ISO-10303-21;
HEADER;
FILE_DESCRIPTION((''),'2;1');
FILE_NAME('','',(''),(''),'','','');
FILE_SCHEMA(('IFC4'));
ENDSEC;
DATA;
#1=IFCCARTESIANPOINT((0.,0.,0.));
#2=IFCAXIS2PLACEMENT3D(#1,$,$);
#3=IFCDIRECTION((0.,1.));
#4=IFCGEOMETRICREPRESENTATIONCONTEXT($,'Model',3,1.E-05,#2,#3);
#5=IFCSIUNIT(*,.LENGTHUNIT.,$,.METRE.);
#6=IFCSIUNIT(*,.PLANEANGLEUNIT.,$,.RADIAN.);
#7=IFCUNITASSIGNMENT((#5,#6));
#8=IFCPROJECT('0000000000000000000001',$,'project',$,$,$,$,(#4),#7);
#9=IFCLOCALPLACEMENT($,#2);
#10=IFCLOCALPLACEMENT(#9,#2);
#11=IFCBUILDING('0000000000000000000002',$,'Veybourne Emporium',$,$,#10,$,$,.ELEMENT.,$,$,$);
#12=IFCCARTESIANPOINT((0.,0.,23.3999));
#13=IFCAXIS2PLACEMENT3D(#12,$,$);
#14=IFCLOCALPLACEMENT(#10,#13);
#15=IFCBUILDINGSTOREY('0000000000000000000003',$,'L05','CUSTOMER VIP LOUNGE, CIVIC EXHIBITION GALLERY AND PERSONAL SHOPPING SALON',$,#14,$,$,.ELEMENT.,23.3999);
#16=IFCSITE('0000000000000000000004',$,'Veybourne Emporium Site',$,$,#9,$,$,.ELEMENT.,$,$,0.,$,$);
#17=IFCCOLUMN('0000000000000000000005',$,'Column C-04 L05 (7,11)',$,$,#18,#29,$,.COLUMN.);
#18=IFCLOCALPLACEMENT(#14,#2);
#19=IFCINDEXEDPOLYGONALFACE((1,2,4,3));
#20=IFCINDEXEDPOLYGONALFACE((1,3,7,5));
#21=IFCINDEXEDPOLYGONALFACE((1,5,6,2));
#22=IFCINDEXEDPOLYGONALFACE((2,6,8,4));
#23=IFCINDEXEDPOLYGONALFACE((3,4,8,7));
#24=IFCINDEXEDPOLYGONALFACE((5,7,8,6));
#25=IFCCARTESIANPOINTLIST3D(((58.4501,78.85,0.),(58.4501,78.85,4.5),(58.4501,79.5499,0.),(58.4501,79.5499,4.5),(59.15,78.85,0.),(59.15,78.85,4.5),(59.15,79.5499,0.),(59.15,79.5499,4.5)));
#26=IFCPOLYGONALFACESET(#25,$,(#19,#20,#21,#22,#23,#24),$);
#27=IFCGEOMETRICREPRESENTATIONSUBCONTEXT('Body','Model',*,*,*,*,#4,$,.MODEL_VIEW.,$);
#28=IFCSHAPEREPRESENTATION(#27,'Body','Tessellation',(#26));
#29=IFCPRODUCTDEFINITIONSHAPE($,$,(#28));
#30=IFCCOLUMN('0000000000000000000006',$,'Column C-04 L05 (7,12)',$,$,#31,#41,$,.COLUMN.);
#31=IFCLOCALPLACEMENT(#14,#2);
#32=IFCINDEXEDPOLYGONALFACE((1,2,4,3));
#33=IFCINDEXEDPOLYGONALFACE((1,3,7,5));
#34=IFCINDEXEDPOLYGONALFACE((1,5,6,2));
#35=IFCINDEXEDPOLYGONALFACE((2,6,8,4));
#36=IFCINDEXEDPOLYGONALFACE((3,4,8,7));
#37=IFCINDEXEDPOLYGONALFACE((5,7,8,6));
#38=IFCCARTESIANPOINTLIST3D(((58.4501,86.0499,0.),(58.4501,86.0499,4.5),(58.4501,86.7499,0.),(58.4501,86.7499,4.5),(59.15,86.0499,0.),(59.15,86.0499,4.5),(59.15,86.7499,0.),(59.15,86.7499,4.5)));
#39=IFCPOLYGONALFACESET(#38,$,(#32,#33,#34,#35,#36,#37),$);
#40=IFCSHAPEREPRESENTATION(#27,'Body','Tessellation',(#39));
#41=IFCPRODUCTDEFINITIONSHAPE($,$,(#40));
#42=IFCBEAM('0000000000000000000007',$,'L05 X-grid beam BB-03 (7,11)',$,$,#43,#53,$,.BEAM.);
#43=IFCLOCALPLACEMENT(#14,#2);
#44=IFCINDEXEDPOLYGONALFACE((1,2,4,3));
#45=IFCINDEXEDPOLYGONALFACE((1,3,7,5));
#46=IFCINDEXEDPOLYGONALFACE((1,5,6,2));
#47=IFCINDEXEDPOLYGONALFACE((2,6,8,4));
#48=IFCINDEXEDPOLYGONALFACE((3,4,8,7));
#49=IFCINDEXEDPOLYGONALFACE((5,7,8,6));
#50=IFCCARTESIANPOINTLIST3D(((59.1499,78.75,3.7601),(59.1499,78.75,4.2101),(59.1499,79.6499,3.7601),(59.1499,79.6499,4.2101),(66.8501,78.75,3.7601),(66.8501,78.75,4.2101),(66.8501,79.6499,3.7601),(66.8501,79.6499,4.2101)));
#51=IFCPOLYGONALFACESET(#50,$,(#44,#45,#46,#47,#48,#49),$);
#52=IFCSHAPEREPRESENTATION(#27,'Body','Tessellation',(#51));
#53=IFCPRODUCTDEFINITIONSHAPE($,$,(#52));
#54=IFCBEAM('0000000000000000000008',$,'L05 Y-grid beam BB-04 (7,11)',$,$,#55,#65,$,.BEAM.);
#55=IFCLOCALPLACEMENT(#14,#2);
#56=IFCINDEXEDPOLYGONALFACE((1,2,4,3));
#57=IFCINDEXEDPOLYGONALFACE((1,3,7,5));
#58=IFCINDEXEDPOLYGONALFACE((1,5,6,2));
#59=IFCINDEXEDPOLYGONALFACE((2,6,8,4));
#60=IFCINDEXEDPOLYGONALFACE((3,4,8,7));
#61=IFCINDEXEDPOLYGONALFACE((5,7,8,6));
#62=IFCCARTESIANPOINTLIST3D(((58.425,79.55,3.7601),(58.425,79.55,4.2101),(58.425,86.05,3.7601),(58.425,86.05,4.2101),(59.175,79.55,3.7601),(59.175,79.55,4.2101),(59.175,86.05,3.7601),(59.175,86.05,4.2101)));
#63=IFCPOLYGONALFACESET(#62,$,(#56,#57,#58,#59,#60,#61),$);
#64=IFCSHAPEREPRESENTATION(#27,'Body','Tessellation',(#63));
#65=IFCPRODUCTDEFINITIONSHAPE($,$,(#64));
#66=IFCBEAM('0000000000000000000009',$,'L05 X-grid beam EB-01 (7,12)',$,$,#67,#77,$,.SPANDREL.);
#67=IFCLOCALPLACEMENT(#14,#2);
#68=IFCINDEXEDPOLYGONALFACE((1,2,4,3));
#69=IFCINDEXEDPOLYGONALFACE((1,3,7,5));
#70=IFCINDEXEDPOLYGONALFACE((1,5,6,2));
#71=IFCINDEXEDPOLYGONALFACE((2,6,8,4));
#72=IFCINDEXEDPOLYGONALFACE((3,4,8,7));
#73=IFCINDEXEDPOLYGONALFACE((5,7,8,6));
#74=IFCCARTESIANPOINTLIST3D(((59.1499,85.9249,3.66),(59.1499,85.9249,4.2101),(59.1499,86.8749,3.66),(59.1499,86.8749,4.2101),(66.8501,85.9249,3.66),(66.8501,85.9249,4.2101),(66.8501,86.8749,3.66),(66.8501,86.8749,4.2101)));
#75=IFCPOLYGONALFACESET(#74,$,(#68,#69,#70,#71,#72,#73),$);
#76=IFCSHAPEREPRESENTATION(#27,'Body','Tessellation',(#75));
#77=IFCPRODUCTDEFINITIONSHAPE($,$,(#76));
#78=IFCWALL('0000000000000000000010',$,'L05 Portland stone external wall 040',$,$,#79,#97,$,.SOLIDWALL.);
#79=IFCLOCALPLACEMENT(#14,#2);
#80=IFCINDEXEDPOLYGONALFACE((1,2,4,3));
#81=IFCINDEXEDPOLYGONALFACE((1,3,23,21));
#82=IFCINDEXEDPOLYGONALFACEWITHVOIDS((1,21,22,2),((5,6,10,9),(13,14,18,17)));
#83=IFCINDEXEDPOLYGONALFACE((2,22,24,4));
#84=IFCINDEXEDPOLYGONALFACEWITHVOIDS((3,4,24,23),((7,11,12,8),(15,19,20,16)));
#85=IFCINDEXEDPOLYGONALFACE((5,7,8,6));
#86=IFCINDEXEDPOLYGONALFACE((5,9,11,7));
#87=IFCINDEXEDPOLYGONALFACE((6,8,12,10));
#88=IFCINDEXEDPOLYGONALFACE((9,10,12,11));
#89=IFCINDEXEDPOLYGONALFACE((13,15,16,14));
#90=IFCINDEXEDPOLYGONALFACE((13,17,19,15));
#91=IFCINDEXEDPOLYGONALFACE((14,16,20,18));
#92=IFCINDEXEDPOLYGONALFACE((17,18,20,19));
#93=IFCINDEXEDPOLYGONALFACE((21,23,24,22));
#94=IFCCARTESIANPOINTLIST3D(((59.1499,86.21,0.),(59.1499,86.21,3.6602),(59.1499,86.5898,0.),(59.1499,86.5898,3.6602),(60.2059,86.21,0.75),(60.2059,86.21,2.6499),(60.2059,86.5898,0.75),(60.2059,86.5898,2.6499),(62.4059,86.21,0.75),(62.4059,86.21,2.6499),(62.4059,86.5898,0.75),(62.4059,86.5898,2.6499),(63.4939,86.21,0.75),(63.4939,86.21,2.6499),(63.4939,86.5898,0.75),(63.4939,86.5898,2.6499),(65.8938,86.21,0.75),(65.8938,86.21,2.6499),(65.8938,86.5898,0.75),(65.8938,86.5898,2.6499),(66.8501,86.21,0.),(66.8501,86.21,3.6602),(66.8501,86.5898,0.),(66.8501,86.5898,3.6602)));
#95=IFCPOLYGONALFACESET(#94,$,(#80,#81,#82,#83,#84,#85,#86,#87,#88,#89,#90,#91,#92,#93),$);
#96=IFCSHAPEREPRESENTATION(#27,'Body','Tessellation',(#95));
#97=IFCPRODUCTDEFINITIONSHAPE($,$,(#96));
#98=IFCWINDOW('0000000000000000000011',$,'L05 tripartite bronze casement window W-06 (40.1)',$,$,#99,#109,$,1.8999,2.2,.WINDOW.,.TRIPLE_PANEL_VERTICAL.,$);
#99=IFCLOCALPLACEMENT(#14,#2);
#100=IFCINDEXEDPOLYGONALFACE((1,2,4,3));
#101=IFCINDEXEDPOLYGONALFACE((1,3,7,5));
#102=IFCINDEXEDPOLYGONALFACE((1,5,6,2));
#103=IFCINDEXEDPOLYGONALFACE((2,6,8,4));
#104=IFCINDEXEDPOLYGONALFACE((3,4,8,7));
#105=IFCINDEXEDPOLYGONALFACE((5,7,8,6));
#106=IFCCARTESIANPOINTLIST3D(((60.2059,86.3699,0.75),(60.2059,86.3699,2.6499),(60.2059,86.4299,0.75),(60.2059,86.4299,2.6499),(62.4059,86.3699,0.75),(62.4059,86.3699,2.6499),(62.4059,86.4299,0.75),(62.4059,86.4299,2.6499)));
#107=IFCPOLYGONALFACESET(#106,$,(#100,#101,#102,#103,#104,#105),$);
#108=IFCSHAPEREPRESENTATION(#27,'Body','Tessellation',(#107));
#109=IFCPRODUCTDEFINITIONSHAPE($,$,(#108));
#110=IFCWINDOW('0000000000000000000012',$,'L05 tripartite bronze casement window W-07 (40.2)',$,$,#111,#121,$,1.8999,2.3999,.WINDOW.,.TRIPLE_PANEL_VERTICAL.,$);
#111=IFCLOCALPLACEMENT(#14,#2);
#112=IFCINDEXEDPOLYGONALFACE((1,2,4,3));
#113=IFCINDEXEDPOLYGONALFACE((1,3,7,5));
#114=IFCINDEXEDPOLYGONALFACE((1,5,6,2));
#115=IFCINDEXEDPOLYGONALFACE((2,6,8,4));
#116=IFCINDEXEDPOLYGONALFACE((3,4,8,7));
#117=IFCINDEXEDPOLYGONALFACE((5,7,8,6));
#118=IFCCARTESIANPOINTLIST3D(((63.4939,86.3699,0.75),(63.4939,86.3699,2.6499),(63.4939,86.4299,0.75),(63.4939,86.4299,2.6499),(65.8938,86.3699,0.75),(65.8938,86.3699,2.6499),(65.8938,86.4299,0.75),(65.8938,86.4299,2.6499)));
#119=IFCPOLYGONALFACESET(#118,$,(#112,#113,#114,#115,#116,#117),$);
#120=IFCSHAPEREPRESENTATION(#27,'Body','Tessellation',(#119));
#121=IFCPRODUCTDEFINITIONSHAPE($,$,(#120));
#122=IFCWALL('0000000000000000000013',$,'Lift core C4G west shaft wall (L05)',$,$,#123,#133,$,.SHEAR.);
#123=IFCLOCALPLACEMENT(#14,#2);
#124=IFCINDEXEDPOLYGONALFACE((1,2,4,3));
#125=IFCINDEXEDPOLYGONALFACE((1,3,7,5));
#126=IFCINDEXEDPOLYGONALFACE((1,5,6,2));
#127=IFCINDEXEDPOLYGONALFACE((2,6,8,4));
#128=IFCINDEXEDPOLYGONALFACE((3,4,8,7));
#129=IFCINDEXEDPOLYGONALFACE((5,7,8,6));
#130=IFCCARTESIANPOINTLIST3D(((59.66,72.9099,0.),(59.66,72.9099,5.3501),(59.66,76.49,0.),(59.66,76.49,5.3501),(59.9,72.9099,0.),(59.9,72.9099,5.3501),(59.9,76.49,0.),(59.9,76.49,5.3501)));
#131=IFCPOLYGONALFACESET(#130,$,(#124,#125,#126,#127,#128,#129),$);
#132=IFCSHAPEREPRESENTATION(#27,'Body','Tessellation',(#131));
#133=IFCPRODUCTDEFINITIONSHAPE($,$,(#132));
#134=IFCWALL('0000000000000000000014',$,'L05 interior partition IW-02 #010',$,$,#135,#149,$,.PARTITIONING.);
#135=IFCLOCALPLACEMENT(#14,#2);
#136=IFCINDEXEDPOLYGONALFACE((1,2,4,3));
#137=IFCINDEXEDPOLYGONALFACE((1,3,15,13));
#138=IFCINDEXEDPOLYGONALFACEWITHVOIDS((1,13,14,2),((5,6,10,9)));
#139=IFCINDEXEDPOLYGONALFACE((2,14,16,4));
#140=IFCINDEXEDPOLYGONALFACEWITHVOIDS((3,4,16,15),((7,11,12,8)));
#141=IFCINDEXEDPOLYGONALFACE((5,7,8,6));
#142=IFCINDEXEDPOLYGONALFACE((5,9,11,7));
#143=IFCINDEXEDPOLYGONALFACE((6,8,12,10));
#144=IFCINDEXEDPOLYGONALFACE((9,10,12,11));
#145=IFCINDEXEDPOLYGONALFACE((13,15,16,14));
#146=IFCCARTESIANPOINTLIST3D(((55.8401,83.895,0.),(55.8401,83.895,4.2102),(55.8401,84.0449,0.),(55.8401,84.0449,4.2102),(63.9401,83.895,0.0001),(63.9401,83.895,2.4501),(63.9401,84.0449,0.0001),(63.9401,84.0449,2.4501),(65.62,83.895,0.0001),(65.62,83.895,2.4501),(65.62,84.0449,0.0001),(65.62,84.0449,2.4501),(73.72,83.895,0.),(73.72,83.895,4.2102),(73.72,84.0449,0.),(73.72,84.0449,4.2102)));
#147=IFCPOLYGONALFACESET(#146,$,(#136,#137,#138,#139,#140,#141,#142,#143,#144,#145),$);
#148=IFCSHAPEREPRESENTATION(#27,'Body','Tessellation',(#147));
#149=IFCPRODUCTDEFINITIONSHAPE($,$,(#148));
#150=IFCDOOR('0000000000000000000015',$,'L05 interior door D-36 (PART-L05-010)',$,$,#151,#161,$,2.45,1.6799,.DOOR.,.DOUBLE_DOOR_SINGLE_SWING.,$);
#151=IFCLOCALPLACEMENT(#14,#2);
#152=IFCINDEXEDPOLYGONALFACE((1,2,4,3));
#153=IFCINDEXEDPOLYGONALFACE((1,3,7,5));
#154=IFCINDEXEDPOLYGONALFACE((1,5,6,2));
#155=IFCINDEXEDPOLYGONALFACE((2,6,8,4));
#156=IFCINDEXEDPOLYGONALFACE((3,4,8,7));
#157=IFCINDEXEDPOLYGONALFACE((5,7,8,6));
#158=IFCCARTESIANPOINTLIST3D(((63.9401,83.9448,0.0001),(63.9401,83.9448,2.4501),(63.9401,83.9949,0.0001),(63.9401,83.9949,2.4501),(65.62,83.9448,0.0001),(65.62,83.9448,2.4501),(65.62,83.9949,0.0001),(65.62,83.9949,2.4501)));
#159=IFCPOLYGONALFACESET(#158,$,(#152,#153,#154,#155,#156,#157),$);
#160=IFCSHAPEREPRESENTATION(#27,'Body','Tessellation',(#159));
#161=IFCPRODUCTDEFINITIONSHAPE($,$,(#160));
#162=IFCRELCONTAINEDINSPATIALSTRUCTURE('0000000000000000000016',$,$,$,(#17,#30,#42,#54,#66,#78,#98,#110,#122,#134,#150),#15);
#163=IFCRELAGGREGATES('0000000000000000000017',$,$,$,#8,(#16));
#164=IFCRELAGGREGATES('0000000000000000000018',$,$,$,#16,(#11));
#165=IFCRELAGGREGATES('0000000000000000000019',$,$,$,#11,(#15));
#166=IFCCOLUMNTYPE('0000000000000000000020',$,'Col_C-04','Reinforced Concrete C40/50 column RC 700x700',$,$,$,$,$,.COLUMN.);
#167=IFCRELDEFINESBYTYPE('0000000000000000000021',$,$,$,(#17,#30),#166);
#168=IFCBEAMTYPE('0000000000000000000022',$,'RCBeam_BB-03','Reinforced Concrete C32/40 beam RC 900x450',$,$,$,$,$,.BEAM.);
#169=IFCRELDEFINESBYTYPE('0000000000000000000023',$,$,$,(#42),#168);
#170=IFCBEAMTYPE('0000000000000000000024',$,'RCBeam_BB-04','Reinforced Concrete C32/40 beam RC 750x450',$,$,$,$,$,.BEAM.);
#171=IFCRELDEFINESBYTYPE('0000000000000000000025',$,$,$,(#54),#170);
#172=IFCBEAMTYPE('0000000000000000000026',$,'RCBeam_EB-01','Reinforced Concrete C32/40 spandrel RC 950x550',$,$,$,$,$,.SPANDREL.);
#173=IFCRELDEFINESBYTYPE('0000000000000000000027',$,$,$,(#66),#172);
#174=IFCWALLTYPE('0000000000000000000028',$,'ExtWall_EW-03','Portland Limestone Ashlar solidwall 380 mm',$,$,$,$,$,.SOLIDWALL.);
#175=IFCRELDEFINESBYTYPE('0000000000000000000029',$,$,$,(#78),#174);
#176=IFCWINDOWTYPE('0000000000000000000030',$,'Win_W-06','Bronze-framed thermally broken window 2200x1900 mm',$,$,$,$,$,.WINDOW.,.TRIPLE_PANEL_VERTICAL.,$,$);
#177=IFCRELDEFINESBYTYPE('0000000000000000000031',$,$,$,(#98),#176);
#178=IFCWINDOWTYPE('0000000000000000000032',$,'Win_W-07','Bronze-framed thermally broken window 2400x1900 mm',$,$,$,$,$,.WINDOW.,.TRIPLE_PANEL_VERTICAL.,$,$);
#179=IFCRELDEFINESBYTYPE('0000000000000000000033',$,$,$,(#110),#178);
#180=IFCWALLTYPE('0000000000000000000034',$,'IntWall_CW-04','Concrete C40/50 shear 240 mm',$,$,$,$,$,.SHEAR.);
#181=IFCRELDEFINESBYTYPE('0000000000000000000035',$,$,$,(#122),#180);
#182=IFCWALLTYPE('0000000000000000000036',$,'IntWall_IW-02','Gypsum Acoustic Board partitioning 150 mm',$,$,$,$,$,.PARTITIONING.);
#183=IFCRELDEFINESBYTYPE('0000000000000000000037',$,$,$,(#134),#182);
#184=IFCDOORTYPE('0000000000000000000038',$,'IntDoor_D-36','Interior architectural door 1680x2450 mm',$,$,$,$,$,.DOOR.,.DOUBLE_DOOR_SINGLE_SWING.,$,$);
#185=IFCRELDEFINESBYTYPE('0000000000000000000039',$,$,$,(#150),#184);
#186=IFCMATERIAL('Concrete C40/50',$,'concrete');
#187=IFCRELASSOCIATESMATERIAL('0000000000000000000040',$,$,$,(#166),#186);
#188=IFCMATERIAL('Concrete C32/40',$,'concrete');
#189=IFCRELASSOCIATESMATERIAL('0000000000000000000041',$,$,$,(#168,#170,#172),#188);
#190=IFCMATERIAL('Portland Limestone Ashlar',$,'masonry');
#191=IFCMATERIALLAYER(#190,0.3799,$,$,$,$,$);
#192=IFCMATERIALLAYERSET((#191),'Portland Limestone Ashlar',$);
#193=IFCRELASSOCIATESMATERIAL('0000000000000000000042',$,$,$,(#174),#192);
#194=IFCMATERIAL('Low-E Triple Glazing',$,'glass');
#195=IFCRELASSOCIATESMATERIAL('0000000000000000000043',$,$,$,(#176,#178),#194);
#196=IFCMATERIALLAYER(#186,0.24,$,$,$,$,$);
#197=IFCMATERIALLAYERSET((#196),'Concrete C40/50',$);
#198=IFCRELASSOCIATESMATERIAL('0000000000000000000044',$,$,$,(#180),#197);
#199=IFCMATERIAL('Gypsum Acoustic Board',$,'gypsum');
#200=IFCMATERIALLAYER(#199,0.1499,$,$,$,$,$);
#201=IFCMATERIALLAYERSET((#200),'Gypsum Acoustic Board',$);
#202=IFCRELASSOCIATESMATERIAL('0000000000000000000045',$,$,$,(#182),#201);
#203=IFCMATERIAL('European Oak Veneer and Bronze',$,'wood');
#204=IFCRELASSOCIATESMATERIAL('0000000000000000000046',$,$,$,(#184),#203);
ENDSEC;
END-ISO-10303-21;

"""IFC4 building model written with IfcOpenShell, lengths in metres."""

from ifc_helpers import new_model, si_unit, direction, frame, frame_2d, origin, origin_2d, place, context, subcontext, project, spatial, rectangle, extrude, material, layer, layer_set, material_profile, profile_set, type_object, element, fill, save


model = new_model("IFC4")

# Units and contexts
model_context = context("Model", 3, precision=1e-05, world=origin(), true_north=direction((0.0, 1.0)))
body_context = subcontext(model_context, "Body", "Model", "MODEL_VIEW")
ifc_project = project(units=[si_unit("LENGTHUNIT", "METRE"), si_unit("PLANEANGLEUNIT", "RADIAN")], contexts=[model_context])

# Site, building, storey
site_placement = place(None, origin())
site = spatial("IfcSite", under=ifc_project, at=site_placement, Name="Veybourne Emporium Site", CompositionType="ELEMENT", RefElevation=0.0)
building_placement = place(site_placement, origin())
building = spatial("IfcBuilding", under=site, at=building_placement, Name="Veybourne Emporium", CompositionType="ELEMENT")
storey_placement = place(building_placement, frame((0.0, 0.0, 23.3999)))
storey = spatial("IfcBuildingStorey", under=building, at=storey_placement, Name="L05", Description="CUSTOMER VIP LOUNGE, CIVIC EXHIBITION GALLERY AND PERSONAL SHOPPING SALON", CompositionType="ELEMENT", Elevation=23.3999)

# Columns
ifc_material_1 = material(Name="Concrete C40/50", Category="concrete")
ifc_material_profile_1 = material_profile(ifc_material_1, rectangle(XDim=0.7, YDim=0.7, at=origin_2d()), Name="RC 700x700")
ifc_profile_set_1 = profile_set([ifc_material_profile_1], Name="Concrete C40/50")
column_type = type_object("IfcColumnType", Name="Col_C-04", Description="Reinforced Concrete C40/50 column RC 700x700", PredefinedType="COLUMN", material=ifc_profile_set_1)
for number, where, z_axis, x_axis, name in (
    (1, (58.8, 79.2, 0.0), (0.0, 0.0, 1.0), (1.0, 0.0, 0.0), "Column C-04 L05 (7,11)"),
    (2, (58.8, 86.3999, 0.0), (0.0, 0.0, 1.0), (1.0, 0.0, 0.0), "Column C-04 L05 (7,12)"),
):
    element("IfcColumn", number, at=place(storey_placement, frame(where, z_axis=z_axis, x_axis=x_axis)), inside=storey, type_object=column_type, Name=name, PredefinedType="COLUMN", context=body_context, shape_type="SweptSolid", body=[
        extrude(rectangle(XDim=0.7, YDim=0.7, at=origin_2d()), origin(), (0.0, 0.0, 1.0), 4.5),
    ])

# Beams
ifc_material_2 = material(Name="Concrete C32/40", Category="concrete")
ifc_material_profile_2 = material_profile(ifc_material_2, rectangle(XDim=0.8999, YDim=0.45, at=origin_2d()), Name="RC 900x450")
ifc_profile_set_2 = profile_set([ifc_material_profile_2], Name="Concrete C32/40")
beam_type_1 = type_object("IfcBeamType", Name="RCBeam_BB-03", Description="Reinforced Concrete C32/40 beam RC 900x450", PredefinedType="BEAM", material=ifc_profile_set_2)
beam_1_placement = place(storey_placement, frame((59.1499, 79.2, 3.9851), z_axis=(1.0, 0.0, 0.0), x_axis=(0.0, 1.0, 0.0)))
element("IfcBeam", 3, at=beam_1_placement, inside=storey, type_object=beam_type_1, Name="L05 X-grid beam BB-03 (7,11)", PredefinedType="BEAM", context=body_context, shape_type="SweptSolid", body=[
    extrude(rectangle(XDim=0.8999, YDim=0.45, at=origin_2d()), origin(), (0.0, 0.0, 1.0), 7.7002),
])
ifc_material_profile_3 = material_profile(ifc_material_2, rectangle(XDim=0.75, YDim=0.45, at=origin_2d()), Name="RC 750x450")
ifc_profile_set_3 = profile_set([ifc_material_profile_3], Name="Concrete C32/40")
beam_type_2 = type_object("IfcBeamType", Name="RCBeam_BB-04", Description="Reinforced Concrete C32/40 beam RC 750x450", PredefinedType="BEAM", material=ifc_profile_set_3)
beam_2_placement = place(storey_placement, frame((58.8, 79.55, 3.9851), z_axis=(0.0, 1.0, 0.0), x_axis=(-1.0, 0.0, 0.0)))
element("IfcBeam", 4, at=beam_2_placement, inside=storey, type_object=beam_type_2, Name="L05 Y-grid beam BB-04 (7,11)", PredefinedType="BEAM", context=body_context, shape_type="SweptSolid", body=[
    extrude(rectangle(XDim=0.75, YDim=0.45, at=origin_2d()), origin(), (0.0, 0.0, 1.0), 6.5),
])
ifc_material_profile_4 = material_profile(ifc_material_2, rectangle(XDim=0.95, YDim=0.55, at=origin_2d()), Name="RC 950x550")
ifc_profile_set_4 = profile_set([ifc_material_profile_4], Name="Concrete C32/40")
beam_type_3 = type_object("IfcBeamType", Name="RCBeam_EB-01", Description="Reinforced Concrete C32/40 spandrel RC 950x550", PredefinedType="SPANDREL", material=ifc_profile_set_4)
beam_3_placement = place(storey_placement, frame((59.1499, 86.3999, 3.9351), z_axis=(1.0, 0.0, 0.0), x_axis=(0.0, 1.0, 0.0)))
element("IfcBeam", 5, at=beam_3_placement, inside=storey, type_object=beam_type_3, Name="L05 X-grid beam EB-01 (7,12)", PredefinedType="SPANDREL", context=body_context, shape_type="SweptSolid", body=[
    extrude(rectangle(XDim=0.95, YDim=0.55, at=origin_2d()), origin(), (0.0, 0.0, 1.0), 7.7002),
])

# Wall, openings, windows
ifc_material_3 = material(Name="Portland Limestone Ashlar", Category="masonry")
ifc_layer_1 = layer(ifc_material_3, 0.3799)
ifc_layer_set_1 = layer_set([ifc_layer_1], Name="Portland Limestone Ashlar")
wall_type_1 = type_object("IfcWallType", Name="ExtWall_EW-03", Description="Portland Limestone Ashlar solidwall 380 mm", PredefinedType="SOLIDWALL", material=ifc_layer_set_1)
wall_1_placement = place(storey_placement, frame((59.1499, 86.3999, 0.0), z_axis=(0.0, 0.0, 1.0), x_axis=(1.0, 0.0, 0.0)))
wall_1 = element("IfcWall", 6, at=wall_1_placement, inside=storey, type_object=wall_type_1, Name="L05 Portland stone external wall 040", PredefinedType="SOLIDWALL", context=body_context, shape_type="SweptSolid", body=[
    extrude(rectangle(XDim=7.7002, YDim=0.3799, at=frame_2d((3.8501, 0.0))), origin(), (0.0, 0.0, 1.0), 3.6602),
])
opening_1_placement = place(wall_1_placement, frame((1.0559, 0.0, 0.75)))
opening_1 = element("IfcOpeningElement", 7, at=opening_1_placement, cuts=wall_1, PredefinedType="OPENING", context=body_context, shape_type="SweptSolid", body=[
    extrude(rectangle(XDim=2.2, YDim=1.8999, at=frame_2d((1.1001, 0.95))), frame((0.0, 0.21, 0.0), z_axis=(0.0, -1.0, 0.0), x_axis=(1.0, 0.0, 0.0)), (0.0, 0.0, 1.0), 0.4199),
])
opening_2_placement = place(wall_1_placement, frame((4.344, 0.0, 0.75)))
opening_2 = element("IfcOpeningElement", 8, at=opening_2_placement, cuts=wall_1, PredefinedType="OPENING", context=body_context, shape_type="SweptSolid", body=[
    extrude(rectangle(XDim=2.3999, YDim=1.8999, at=frame_2d((1.2, 0.95))), frame((0.0, 0.21, 0.0), z_axis=(0.0, -1.0, 0.0), x_axis=(1.0, 0.0, 0.0)), (0.0, 0.0, 1.0), 0.4199),
])
ifc_material_4 = material(Name="Low-E Triple Glazing", Category="glass")
window_type_1 = type_object("IfcWindowType", Name="Win_W-06", Description="Bronze-framed thermally broken window 2200x1900 mm", PartitioningType="TRIPLE_PANEL_VERTICAL", PredefinedType="WINDOW", material=ifc_material_4)
window_1_placement = place(opening_1_placement, origin())
window_1 = element("IfcWindow", 9, at=window_1_placement, inside=storey, type_object=window_type_1, Name="L05 tripartite bronze casement window W-06 (40.1)", OverallHeight=1.8999, OverallWidth=2.2, PartitioningType="TRIPLE_PANEL_VERTICAL", PredefinedType="WINDOW", context=body_context, shape_type="SweptSolid", body=[
    extrude(rectangle(XDim=2.2, YDim=1.8999, at=frame_2d((1.1001, 0.95))), frame((0.0, 0.03, 0.0), z_axis=(0.0, -1.0, 0.0), x_axis=(1.0, 0.0, 0.0)), (0.0, 0.0, 1.0), 0.0601),
])
fill(opening_1, window_1)
window_type_2 = type_object("IfcWindowType", Name="Win_W-07", Description="Bronze-framed thermally broken window 2400x1900 mm", PartitioningType="TRIPLE_PANEL_VERTICAL", PredefinedType="WINDOW", material=ifc_material_4)
window_2_placement = place(opening_2_placement, origin())
window_2 = element("IfcWindow", 10, at=window_2_placement, inside=storey, type_object=window_type_2, Name="L05 tripartite bronze casement window W-07 (40.2)", OverallHeight=1.8999, OverallWidth=2.3999, PartitioningType="TRIPLE_PANEL_VERTICAL", PredefinedType="WINDOW", context=body_context, shape_type="SweptSolid", body=[
    extrude(rectangle(XDim=2.3999, YDim=1.8999, at=frame_2d((1.2, 0.95))), frame((0.0, 0.03, 0.0), z_axis=(0.0, -1.0, 0.0), x_axis=(1.0, 0.0, 0.0)), (0.0, 0.0, 1.0), 0.0601),
])
fill(opening_2, window_2)

# Wall
ifc_layer_2 = layer(ifc_material_1, 0.24)
ifc_layer_set_2 = layer_set([ifc_layer_2], Name="Concrete C40/50")
wall_type_2 = type_object("IfcWallType", Name="IntWall_CW-04", Description="Concrete C40/50 shear 240 mm", PredefinedType="SHEAR", material=ifc_layer_set_2)
wall_2_placement = place(storey_placement, frame((59.78, 76.49, 0.0), z_axis=(0.0, 0.0, 1.0), x_axis=(0.0, -1.0, 0.0)))
element("IfcWall", 11, at=wall_2_placement, inside=storey, type_object=wall_type_2, Name="Lift core C4G west shaft wall (L05)", PredefinedType="SHEAR", context=body_context, shape_type="SweptSolid", body=[
    extrude(rectangle(XDim=3.5801, YDim=0.24, at=frame_2d((1.79, 0.0))), origin(), (0.0, 0.0, 1.0), 5.3501),
])

# Wall, opening, door
ifc_material_5 = material(Name="Gypsum Acoustic Board", Category="gypsum")
ifc_layer_3 = layer(ifc_material_5, 0.1499)
ifc_layer_set_3 = layer_set([ifc_layer_3], Name="Gypsum Acoustic Board")
wall_type_3 = type_object("IfcWallType", Name="IntWall_IW-02", Description="Gypsum Acoustic Board partitioning 150 mm", PredefinedType="PARTITIONING", material=ifc_layer_set_3)
wall_3_placement = place(storey_placement, frame((55.8401, 83.97, 0.0), z_axis=(0.0, 0.0, 1.0), x_axis=(1.0, 0.0, 0.0)))
wall_3 = element("IfcWall", 12, at=wall_3_placement, inside=storey, type_object=wall_type_3, Name="L05 interior partition IW-02 #010", PredefinedType="PARTITIONING", context=body_context, shape_type="SweptSolid", body=[
    extrude(rectangle(XDim=17.8799, YDim=0.1499, at=frame_2d((8.9399, 0.0))), origin(), (0.0, 0.0, 1.0), 4.2102),
])
opening_3_placement = place(wall_3_placement, frame((8.1001, 0.0, 0.0)))
opening_3 = element("IfcOpeningElement", 13, at=opening_3_placement, cuts=wall_3, PredefinedType="OPENING", context=body_context, shape_type="SweptSolid", body=[
    extrude(rectangle(XDim=1.6799, YDim=2.45, at=frame_2d((0.8398, 1.2251))), frame((0.0, 0.095, 0.0), z_axis=(0.0, -1.0, 0.0), x_axis=(1.0, 0.0, 0.0)), (0.0, 0.0, 1.0), 0.1899),
])
ifc_material_6 = material(Name="European Oak Veneer and Bronze", Category="wood")
door_type_1 = type_object("IfcDoorType", Name="IntDoor_D-36", Description="Interior architectural door 1680x2450 mm", OperationType="DOUBLE_DOOR_SINGLE_SWING", PredefinedType="DOOR", material=ifc_material_6)
door_1_placement = place(opening_3_placement, origin())
door_1 = element("IfcDoor", 14, at=door_1_placement, inside=storey, type_object=door_type_1, Name="L05 interior door D-36 (PART-L05-010)", OperationType="DOUBLE_DOOR_SINGLE_SWING", OverallHeight=2.45, OverallWidth=1.6799, PredefinedType="DOOR", context=body_context, shape_type="SweptSolid", body=[
    extrude(rectangle(XDim=1.6799, YDim=2.45, at=frame_2d((0.8398, 1.2251))), frame((0.0, 0.0249, 0.0), z_axis=(0.0, -1.0, 0.0), x_axis=(1.0, 0.0, 0.0)), (0.0, 0.0, 1.0), 0.05),
])
fill(opening_3, door_1)

save(model, "model.ifc")
